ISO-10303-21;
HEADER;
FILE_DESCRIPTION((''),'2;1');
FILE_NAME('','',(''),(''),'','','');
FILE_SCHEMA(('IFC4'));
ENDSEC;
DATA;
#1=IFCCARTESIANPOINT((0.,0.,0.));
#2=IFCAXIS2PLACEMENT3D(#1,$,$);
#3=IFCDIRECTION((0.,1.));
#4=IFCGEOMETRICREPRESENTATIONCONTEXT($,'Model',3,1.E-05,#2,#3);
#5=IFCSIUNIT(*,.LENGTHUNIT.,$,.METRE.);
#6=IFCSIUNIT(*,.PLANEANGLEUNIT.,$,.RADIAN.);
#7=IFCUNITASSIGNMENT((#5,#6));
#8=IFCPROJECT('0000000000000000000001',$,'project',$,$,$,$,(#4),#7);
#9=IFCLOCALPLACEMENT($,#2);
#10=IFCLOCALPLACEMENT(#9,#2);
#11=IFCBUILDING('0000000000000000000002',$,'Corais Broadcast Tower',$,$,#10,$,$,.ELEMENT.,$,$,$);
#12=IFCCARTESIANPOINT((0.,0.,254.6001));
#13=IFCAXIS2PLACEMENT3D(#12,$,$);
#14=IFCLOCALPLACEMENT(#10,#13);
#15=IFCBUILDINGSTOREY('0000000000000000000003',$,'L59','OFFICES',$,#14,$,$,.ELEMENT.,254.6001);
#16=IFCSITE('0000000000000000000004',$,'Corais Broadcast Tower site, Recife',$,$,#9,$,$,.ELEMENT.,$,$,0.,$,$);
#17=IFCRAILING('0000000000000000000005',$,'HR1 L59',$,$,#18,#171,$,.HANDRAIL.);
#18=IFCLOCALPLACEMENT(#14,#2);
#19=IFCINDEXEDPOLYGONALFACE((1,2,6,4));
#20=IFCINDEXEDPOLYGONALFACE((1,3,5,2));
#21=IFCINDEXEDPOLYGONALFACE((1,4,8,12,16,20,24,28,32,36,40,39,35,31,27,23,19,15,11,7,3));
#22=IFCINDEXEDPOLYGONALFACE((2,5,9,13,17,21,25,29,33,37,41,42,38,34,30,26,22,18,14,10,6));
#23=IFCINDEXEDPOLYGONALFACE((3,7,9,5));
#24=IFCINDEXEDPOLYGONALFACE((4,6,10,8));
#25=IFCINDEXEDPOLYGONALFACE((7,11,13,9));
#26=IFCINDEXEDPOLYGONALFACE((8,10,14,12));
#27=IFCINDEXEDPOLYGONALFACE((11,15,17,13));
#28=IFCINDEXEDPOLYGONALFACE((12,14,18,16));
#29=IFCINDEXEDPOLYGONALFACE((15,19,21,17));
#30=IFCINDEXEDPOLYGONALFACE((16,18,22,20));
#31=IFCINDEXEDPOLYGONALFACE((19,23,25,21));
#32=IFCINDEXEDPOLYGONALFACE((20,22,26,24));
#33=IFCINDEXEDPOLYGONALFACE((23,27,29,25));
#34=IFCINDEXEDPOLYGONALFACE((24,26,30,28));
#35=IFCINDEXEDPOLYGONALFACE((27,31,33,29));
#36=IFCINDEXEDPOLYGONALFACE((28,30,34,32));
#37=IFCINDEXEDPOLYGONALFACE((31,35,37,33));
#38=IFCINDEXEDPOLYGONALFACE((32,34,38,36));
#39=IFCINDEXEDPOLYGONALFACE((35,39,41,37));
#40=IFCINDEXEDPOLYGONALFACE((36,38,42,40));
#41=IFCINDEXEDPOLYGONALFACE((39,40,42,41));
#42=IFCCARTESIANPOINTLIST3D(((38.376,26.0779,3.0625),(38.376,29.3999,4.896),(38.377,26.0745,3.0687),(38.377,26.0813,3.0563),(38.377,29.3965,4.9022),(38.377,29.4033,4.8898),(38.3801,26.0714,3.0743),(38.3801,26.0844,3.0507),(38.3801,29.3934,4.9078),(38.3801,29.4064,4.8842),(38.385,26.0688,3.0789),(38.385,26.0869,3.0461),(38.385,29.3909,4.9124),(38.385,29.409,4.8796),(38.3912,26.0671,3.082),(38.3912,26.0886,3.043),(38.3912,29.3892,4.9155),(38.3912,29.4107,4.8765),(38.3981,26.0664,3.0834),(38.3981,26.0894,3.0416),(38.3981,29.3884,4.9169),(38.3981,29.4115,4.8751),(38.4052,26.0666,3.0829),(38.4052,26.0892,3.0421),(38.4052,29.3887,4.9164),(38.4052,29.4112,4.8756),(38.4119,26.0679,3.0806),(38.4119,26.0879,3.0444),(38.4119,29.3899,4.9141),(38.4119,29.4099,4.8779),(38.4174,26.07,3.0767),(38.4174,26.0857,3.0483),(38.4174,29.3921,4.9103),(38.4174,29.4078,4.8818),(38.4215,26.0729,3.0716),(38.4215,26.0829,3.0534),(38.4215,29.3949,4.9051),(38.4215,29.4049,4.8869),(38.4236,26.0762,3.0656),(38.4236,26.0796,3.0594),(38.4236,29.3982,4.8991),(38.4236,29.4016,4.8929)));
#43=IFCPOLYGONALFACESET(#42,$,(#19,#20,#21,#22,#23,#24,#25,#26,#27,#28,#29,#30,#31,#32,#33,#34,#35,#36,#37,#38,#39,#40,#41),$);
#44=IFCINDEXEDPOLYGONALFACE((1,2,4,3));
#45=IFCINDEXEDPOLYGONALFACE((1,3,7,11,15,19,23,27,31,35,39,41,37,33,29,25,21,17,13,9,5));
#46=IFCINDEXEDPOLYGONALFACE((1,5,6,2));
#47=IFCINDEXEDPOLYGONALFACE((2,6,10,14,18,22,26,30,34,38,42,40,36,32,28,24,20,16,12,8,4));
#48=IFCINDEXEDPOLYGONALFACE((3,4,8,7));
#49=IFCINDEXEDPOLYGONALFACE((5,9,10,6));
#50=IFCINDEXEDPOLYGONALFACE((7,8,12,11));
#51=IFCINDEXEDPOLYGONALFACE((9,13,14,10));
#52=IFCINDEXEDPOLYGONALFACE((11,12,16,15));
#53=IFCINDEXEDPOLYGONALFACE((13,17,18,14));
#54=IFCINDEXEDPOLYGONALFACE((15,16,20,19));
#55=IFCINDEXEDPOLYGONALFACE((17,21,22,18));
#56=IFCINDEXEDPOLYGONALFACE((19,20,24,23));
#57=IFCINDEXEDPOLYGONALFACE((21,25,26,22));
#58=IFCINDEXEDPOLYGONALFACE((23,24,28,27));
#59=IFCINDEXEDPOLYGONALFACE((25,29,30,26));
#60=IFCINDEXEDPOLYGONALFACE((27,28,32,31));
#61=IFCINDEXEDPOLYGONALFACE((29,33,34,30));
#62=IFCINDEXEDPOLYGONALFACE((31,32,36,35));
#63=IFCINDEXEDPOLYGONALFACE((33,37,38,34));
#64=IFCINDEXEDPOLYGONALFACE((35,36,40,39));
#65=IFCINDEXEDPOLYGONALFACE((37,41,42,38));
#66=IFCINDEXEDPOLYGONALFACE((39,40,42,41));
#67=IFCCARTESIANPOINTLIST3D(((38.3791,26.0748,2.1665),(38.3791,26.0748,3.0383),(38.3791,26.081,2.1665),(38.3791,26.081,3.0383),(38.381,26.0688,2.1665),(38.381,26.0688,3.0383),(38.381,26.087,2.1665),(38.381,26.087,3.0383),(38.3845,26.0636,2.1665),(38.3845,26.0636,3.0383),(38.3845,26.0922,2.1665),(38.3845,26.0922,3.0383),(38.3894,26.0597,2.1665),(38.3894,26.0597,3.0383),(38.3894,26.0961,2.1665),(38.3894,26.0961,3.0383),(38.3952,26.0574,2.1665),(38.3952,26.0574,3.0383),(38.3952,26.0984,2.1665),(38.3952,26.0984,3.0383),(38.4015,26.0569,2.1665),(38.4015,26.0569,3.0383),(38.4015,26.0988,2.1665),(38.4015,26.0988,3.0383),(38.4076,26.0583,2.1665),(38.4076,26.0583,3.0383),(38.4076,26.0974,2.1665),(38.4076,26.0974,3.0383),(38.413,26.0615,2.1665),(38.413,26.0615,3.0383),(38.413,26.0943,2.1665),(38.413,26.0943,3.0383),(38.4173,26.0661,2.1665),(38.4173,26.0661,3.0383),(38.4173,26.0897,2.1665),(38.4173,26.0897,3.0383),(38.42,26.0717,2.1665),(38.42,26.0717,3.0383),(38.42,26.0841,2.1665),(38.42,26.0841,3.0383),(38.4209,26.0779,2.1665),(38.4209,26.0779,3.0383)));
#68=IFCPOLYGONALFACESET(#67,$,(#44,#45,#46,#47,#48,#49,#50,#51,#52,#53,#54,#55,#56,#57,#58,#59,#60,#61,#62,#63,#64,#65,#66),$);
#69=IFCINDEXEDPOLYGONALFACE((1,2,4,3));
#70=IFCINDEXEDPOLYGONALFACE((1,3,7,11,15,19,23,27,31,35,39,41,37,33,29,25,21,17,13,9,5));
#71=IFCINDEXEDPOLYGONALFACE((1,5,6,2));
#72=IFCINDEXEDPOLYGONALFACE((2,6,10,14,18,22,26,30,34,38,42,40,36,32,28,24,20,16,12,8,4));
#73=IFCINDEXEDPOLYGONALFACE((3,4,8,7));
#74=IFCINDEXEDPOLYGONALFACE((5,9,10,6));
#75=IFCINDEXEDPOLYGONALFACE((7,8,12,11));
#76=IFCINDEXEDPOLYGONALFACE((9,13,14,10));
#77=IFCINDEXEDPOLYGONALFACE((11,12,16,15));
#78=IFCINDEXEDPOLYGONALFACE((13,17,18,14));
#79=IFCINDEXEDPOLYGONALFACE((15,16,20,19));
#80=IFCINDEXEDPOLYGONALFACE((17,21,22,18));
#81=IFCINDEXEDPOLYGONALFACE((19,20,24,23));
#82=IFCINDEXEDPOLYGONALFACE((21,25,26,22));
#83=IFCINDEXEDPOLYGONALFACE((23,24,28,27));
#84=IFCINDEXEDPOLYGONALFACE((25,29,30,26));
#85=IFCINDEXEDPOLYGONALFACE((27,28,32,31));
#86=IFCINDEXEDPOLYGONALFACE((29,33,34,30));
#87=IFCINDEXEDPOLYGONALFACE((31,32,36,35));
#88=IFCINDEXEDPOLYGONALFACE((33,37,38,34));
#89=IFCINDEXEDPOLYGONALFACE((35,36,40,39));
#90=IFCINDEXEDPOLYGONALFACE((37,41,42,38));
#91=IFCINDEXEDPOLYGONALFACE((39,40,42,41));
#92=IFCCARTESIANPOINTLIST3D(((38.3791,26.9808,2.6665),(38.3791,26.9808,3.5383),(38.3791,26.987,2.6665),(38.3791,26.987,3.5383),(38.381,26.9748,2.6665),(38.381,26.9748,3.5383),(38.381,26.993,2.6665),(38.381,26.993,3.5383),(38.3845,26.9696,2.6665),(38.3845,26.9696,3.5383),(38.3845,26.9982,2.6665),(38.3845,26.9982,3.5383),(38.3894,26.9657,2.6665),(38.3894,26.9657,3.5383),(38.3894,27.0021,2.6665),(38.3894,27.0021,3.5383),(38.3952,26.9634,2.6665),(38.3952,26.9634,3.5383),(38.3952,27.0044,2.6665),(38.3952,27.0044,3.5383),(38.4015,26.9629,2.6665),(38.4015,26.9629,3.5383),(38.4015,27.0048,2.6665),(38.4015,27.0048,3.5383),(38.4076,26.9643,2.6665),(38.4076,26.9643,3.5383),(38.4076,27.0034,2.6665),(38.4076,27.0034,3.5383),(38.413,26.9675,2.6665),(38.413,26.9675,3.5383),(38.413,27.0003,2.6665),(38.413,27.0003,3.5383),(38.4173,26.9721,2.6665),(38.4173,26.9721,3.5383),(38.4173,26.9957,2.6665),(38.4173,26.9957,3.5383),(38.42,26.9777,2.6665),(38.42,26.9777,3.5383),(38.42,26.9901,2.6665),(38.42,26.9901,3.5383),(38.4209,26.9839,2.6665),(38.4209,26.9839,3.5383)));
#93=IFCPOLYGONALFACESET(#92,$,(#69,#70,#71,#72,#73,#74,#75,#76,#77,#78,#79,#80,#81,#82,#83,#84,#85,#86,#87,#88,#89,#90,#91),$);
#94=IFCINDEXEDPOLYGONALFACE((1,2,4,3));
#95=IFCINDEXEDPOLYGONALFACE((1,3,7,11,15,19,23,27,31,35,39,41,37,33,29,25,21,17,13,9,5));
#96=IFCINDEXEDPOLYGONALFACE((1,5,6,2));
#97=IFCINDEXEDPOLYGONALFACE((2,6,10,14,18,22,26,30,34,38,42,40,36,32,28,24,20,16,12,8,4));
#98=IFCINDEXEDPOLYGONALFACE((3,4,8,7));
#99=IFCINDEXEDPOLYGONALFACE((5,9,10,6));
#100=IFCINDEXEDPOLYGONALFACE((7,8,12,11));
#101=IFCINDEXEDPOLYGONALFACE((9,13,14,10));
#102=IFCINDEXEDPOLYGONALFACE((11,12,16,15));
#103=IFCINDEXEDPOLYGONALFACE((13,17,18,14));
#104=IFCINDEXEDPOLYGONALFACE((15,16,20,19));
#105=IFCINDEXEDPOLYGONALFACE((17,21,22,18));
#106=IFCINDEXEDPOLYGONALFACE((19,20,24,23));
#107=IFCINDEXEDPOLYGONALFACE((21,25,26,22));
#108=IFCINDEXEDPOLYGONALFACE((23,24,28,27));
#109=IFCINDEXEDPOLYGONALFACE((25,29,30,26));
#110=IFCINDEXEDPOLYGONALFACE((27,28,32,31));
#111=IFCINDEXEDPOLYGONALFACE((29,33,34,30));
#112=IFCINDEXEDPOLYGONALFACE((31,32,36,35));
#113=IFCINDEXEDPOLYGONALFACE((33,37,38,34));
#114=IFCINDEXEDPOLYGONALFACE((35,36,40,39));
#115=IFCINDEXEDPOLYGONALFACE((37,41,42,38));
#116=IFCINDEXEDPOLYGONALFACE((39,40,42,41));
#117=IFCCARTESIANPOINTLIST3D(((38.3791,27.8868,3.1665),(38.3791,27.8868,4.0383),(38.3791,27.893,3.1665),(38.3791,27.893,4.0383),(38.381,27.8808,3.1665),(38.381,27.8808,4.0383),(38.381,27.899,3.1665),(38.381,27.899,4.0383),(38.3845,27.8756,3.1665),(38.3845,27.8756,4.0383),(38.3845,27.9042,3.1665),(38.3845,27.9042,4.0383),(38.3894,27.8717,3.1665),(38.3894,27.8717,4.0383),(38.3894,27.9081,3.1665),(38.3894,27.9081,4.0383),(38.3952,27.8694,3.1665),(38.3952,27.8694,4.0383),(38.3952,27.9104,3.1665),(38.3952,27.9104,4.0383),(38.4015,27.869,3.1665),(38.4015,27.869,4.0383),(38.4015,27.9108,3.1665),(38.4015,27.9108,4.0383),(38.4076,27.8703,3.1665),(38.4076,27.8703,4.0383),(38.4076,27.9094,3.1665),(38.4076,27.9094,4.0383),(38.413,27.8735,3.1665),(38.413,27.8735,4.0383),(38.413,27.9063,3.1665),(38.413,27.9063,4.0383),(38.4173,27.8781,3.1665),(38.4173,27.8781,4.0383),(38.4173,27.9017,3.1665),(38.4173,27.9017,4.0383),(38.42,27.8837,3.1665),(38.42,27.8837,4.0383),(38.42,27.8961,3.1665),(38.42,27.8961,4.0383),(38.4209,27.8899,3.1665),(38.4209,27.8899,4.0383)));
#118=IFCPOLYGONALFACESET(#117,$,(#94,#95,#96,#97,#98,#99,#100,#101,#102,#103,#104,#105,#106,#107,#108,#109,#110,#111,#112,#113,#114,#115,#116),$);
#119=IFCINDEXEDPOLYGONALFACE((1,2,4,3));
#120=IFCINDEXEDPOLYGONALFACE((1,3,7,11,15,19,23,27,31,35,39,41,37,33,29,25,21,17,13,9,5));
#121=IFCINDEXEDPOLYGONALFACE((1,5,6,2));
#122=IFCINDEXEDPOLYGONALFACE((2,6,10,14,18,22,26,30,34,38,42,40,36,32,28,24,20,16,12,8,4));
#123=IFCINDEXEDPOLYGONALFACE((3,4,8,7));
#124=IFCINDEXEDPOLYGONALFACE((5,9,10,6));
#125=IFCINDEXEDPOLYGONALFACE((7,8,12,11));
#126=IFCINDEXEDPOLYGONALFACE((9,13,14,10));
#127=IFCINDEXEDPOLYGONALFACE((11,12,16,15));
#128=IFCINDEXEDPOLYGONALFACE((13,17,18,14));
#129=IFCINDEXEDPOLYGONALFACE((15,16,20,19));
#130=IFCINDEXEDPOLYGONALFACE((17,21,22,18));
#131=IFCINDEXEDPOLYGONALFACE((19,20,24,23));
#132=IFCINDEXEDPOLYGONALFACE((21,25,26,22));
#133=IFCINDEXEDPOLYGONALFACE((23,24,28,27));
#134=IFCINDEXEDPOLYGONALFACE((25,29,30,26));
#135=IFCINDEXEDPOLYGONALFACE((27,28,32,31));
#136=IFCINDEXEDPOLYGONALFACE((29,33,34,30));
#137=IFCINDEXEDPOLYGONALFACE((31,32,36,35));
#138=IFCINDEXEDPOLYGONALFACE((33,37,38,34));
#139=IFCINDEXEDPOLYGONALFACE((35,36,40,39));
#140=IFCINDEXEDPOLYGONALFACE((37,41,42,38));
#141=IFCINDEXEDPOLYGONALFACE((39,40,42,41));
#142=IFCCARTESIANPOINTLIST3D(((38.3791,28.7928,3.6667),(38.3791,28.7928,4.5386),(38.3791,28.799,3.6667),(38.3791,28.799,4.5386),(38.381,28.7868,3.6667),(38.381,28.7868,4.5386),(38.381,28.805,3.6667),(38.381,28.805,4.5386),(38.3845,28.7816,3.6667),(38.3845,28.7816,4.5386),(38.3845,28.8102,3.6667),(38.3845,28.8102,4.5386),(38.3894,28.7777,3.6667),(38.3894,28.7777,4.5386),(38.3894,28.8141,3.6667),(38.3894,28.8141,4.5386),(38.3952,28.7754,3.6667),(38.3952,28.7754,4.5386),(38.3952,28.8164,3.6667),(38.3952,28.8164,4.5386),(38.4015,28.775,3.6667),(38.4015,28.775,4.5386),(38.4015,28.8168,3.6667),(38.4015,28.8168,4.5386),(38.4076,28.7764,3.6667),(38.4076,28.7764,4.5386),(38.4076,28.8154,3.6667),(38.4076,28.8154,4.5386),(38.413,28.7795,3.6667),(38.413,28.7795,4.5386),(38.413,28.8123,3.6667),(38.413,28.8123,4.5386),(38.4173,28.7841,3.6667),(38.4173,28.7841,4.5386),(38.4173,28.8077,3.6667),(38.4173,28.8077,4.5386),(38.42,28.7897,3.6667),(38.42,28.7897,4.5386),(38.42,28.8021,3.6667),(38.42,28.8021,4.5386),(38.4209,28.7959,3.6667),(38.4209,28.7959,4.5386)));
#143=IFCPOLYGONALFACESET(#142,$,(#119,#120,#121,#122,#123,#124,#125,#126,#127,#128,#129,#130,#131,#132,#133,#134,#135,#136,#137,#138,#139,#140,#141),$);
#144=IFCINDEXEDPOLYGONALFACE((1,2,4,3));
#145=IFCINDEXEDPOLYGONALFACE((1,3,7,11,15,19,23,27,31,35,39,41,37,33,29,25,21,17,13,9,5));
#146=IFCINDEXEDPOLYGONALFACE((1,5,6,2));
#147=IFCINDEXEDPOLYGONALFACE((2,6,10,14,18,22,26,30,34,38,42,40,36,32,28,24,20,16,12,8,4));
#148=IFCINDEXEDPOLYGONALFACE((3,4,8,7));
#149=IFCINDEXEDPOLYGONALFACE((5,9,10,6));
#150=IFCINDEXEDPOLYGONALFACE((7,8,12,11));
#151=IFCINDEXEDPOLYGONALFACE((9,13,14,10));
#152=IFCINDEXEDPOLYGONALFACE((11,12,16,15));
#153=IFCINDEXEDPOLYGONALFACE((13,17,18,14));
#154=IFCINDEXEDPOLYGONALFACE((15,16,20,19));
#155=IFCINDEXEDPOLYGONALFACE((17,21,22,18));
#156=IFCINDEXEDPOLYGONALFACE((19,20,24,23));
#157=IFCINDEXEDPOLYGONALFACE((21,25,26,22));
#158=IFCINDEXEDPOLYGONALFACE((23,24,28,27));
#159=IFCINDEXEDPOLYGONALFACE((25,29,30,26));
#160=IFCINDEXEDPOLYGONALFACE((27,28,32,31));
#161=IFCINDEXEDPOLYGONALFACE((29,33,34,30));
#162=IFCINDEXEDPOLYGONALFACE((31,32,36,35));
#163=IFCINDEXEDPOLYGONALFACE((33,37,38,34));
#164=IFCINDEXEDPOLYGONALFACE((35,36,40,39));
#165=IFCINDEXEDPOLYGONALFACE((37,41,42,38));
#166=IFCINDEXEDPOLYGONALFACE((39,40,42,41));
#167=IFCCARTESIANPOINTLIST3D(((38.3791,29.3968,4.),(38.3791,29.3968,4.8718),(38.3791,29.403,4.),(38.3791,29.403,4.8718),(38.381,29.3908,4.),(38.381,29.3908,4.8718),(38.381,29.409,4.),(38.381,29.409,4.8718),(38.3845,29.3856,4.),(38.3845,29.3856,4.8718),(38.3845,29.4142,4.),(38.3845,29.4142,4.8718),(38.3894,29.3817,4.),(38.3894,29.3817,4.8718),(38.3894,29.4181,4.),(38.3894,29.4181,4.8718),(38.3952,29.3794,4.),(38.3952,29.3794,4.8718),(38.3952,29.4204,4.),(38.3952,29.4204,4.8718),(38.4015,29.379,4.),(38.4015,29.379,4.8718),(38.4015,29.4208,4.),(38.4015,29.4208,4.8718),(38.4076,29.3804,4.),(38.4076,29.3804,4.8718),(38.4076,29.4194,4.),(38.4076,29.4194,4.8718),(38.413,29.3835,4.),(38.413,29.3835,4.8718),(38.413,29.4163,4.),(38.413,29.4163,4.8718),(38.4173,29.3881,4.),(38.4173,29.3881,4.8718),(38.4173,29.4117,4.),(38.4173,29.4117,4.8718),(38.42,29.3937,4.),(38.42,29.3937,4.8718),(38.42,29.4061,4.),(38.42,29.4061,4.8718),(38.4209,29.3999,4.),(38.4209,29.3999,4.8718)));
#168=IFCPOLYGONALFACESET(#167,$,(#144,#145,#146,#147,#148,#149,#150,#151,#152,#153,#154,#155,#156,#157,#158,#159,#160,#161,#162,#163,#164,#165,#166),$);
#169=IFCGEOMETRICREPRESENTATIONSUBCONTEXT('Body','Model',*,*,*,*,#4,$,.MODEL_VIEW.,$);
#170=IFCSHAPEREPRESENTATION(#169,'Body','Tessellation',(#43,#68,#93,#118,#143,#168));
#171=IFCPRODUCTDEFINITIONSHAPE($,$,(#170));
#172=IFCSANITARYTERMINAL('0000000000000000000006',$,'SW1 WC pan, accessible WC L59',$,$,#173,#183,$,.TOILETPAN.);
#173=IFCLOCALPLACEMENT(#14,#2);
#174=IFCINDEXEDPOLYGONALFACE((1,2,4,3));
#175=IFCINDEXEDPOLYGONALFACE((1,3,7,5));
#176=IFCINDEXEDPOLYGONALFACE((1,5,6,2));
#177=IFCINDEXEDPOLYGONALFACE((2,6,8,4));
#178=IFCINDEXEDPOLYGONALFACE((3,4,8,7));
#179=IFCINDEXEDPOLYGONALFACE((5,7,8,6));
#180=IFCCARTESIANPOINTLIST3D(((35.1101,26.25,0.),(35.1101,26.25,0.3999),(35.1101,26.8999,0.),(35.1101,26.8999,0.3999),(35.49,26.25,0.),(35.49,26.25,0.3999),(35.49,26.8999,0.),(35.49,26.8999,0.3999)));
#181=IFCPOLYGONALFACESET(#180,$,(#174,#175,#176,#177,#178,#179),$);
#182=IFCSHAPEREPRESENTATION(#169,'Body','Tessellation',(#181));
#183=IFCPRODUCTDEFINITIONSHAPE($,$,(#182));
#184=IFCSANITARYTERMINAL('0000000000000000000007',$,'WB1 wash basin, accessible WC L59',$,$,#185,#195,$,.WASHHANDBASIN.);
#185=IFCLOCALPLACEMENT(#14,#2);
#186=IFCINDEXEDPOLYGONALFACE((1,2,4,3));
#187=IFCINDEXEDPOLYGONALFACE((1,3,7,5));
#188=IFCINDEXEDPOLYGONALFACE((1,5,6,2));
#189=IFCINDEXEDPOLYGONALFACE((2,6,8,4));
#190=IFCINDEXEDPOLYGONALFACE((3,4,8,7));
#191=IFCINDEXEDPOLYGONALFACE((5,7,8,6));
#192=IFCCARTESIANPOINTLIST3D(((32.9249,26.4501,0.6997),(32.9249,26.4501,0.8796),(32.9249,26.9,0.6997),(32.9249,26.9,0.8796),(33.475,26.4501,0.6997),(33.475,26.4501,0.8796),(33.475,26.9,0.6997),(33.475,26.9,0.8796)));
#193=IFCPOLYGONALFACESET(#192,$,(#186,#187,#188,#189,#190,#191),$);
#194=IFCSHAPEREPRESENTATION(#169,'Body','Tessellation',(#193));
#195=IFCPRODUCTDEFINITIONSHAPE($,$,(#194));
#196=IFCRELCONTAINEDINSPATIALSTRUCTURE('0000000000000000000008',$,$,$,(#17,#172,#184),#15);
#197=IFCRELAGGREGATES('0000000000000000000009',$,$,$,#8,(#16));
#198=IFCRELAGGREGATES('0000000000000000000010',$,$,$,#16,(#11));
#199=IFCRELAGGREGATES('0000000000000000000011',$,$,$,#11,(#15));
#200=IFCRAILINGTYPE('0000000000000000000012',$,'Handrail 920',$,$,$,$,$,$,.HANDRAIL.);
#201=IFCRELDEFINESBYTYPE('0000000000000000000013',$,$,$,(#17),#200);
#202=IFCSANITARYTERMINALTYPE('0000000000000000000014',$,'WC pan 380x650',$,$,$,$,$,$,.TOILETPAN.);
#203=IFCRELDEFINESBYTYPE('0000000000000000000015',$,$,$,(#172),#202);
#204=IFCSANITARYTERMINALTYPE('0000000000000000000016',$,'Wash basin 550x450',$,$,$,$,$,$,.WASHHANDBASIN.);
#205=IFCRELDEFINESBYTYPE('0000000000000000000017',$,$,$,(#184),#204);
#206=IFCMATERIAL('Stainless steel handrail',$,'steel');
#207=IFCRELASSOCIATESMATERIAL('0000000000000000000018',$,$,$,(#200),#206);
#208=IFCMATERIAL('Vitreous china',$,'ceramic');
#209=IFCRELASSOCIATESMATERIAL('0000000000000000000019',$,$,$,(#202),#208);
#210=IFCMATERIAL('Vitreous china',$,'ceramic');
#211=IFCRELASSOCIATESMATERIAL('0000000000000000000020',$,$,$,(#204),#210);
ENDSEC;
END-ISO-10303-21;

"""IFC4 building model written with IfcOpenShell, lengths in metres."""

from ifc_helpers import new_model, si_unit, direction, frame, origin, origin_2d, place, context, subcontext, project, spatial, rectangle, circle, extrude, material, type_object, element, save


model = new_model("IFC4")

# Units and contexts
model_context = context("Model", 3, precision=1e-05, world=origin(), true_north=direction((0.0, 1.0)))
body_context = subcontext(model_context, "Body", "Model", "MODEL_VIEW")
ifc_project = project(units=[si_unit("LENGTHUNIT", "METRE"), si_unit("PLANEANGLEUNIT", "RADIAN")], contexts=[model_context])

# Site, building, storey
site_placement = place(None, origin())
site = spatial("IfcSite", under=ifc_project, at=site_placement, Name="Corais Broadcast Tower site, Recife", CompositionType="ELEMENT", RefElevation=0.0)
building_placement = place(site_placement, origin())
building = spatial("IfcBuilding", under=site, at=building_placement, Name="Corais Broadcast Tower", CompositionType="ELEMENT")
storey_placement = place(building_placement, frame((0.0, 0.0, 254.6001)))
storey = spatial("IfcBuildingStorey", under=building, at=storey_placement, Name="L59", Description="OFFICES", CompositionType="ELEMENT", Elevation=254.6001)

# Railing
ifc_material_1 = material(Name="Stainless steel handrail", Category="steel")
railing_type = type_object("IfcRailingType", Name="Handrail 920", PredefinedType="HANDRAIL", material=ifc_material_1)
for number, where, name in (
    (1, (38.3999, 26.0779, 2.1665), "HR1 L59"),
):
    element("IfcRailing", number, at=place(storey_placement, frame(where)), inside=storey, type_object=railing_type, Name=name, PredefinedType="HANDRAIL", context=body_context, shape_type="SweptSolid", body=[
        extrude(circle(Radius=0.0239, at=origin_2d()), frame((0.0, 0.0, 0.896), z_axis=(0.0, 0.875504, 0.48321), x_axis=(-1.0, 0.0, 0.0)), (0.0, 0.0, 1.0), 3.7944),
        extrude(circle(Radius=0.021, at=origin_2d()), origin(), (0.0, 0.0, 1.0), 0.8718),
        extrude(circle(Radius=0.021, at=origin_2d()), frame((0.0, 0.906, 0.5)), (0.0, 0.0, 1.0), 0.8718),
        extrude(circle(Radius=0.021, at=origin_2d()), frame((0.0, 1.812, 1.0)), (0.0, 0.0, 1.0), 0.8718),
        extrude(circle(Radius=0.021, at=origin_2d()), frame((0.0, 2.718, 1.5002)), (0.0, 0.0, 1.0), 0.8718),
        extrude(circle(Radius=0.021, at=origin_2d()), frame((0.0, 3.322, 1.8335)), (0.0, 0.0, 1.0), 0.8718),
    ])

# Sanitary terminals
ifc_material_2 = material(Name="Vitreous china", Category="ceramic")
sanitary_terminal_type_1 = type_object("IfcSanitaryTerminalType", Name="WC pan 380x650", PredefinedType="TOILETPAN", material=ifc_material_2)
sanitary_terminal_1_placement = place(storey_placement, frame((35.3, 26.575, 0.0), z_axis=(0.0, 0.0, 1.0), x_axis=(1.0, 0.0, 0.0)))
element("IfcSanitaryTerminal", 2, at=sanitary_terminal_1_placement, inside=storey, type_object=sanitary_terminal_type_1, Name="SW1 WC pan, accessible WC L59", PredefinedType="TOILETPAN", context=body_context, shape_type="SweptSolid", body=[
    extrude(rectangle(XDim=0.3799, YDim=0.6499, at=origin_2d()), origin(), (0.0, 0.0, 1.0), 0.3999),
])
ifc_material_3 = material(Name="Vitreous china", Category="ceramic")
sanitary_terminal_type_2 = type_object("IfcSanitaryTerminalType", Name="Wash basin 550x450", PredefinedType="WASHHANDBASIN", material=ifc_material_3)
sanitary_terminal_2_placement = place(storey_placement, frame((33.2, 26.675, 0.6997), z_axis=(0.0, 0.0, 1.0), x_axis=(1.0, 0.0, 0.0)))
element("IfcSanitaryTerminal", 3, at=sanitary_terminal_2_placement, inside=storey, type_object=sanitary_terminal_type_2, Name="WB1 wash basin, accessible WC L59", PredefinedType="WASHHANDBASIN", context=body_context, shape_type="SweptSolid", body=[
    extrude(rectangle(XDim=0.55, YDim=0.45, at=origin_2d()), origin(), (0.0, 0.0, 1.0), 0.1799),
])

save(model, "model.ifc")
